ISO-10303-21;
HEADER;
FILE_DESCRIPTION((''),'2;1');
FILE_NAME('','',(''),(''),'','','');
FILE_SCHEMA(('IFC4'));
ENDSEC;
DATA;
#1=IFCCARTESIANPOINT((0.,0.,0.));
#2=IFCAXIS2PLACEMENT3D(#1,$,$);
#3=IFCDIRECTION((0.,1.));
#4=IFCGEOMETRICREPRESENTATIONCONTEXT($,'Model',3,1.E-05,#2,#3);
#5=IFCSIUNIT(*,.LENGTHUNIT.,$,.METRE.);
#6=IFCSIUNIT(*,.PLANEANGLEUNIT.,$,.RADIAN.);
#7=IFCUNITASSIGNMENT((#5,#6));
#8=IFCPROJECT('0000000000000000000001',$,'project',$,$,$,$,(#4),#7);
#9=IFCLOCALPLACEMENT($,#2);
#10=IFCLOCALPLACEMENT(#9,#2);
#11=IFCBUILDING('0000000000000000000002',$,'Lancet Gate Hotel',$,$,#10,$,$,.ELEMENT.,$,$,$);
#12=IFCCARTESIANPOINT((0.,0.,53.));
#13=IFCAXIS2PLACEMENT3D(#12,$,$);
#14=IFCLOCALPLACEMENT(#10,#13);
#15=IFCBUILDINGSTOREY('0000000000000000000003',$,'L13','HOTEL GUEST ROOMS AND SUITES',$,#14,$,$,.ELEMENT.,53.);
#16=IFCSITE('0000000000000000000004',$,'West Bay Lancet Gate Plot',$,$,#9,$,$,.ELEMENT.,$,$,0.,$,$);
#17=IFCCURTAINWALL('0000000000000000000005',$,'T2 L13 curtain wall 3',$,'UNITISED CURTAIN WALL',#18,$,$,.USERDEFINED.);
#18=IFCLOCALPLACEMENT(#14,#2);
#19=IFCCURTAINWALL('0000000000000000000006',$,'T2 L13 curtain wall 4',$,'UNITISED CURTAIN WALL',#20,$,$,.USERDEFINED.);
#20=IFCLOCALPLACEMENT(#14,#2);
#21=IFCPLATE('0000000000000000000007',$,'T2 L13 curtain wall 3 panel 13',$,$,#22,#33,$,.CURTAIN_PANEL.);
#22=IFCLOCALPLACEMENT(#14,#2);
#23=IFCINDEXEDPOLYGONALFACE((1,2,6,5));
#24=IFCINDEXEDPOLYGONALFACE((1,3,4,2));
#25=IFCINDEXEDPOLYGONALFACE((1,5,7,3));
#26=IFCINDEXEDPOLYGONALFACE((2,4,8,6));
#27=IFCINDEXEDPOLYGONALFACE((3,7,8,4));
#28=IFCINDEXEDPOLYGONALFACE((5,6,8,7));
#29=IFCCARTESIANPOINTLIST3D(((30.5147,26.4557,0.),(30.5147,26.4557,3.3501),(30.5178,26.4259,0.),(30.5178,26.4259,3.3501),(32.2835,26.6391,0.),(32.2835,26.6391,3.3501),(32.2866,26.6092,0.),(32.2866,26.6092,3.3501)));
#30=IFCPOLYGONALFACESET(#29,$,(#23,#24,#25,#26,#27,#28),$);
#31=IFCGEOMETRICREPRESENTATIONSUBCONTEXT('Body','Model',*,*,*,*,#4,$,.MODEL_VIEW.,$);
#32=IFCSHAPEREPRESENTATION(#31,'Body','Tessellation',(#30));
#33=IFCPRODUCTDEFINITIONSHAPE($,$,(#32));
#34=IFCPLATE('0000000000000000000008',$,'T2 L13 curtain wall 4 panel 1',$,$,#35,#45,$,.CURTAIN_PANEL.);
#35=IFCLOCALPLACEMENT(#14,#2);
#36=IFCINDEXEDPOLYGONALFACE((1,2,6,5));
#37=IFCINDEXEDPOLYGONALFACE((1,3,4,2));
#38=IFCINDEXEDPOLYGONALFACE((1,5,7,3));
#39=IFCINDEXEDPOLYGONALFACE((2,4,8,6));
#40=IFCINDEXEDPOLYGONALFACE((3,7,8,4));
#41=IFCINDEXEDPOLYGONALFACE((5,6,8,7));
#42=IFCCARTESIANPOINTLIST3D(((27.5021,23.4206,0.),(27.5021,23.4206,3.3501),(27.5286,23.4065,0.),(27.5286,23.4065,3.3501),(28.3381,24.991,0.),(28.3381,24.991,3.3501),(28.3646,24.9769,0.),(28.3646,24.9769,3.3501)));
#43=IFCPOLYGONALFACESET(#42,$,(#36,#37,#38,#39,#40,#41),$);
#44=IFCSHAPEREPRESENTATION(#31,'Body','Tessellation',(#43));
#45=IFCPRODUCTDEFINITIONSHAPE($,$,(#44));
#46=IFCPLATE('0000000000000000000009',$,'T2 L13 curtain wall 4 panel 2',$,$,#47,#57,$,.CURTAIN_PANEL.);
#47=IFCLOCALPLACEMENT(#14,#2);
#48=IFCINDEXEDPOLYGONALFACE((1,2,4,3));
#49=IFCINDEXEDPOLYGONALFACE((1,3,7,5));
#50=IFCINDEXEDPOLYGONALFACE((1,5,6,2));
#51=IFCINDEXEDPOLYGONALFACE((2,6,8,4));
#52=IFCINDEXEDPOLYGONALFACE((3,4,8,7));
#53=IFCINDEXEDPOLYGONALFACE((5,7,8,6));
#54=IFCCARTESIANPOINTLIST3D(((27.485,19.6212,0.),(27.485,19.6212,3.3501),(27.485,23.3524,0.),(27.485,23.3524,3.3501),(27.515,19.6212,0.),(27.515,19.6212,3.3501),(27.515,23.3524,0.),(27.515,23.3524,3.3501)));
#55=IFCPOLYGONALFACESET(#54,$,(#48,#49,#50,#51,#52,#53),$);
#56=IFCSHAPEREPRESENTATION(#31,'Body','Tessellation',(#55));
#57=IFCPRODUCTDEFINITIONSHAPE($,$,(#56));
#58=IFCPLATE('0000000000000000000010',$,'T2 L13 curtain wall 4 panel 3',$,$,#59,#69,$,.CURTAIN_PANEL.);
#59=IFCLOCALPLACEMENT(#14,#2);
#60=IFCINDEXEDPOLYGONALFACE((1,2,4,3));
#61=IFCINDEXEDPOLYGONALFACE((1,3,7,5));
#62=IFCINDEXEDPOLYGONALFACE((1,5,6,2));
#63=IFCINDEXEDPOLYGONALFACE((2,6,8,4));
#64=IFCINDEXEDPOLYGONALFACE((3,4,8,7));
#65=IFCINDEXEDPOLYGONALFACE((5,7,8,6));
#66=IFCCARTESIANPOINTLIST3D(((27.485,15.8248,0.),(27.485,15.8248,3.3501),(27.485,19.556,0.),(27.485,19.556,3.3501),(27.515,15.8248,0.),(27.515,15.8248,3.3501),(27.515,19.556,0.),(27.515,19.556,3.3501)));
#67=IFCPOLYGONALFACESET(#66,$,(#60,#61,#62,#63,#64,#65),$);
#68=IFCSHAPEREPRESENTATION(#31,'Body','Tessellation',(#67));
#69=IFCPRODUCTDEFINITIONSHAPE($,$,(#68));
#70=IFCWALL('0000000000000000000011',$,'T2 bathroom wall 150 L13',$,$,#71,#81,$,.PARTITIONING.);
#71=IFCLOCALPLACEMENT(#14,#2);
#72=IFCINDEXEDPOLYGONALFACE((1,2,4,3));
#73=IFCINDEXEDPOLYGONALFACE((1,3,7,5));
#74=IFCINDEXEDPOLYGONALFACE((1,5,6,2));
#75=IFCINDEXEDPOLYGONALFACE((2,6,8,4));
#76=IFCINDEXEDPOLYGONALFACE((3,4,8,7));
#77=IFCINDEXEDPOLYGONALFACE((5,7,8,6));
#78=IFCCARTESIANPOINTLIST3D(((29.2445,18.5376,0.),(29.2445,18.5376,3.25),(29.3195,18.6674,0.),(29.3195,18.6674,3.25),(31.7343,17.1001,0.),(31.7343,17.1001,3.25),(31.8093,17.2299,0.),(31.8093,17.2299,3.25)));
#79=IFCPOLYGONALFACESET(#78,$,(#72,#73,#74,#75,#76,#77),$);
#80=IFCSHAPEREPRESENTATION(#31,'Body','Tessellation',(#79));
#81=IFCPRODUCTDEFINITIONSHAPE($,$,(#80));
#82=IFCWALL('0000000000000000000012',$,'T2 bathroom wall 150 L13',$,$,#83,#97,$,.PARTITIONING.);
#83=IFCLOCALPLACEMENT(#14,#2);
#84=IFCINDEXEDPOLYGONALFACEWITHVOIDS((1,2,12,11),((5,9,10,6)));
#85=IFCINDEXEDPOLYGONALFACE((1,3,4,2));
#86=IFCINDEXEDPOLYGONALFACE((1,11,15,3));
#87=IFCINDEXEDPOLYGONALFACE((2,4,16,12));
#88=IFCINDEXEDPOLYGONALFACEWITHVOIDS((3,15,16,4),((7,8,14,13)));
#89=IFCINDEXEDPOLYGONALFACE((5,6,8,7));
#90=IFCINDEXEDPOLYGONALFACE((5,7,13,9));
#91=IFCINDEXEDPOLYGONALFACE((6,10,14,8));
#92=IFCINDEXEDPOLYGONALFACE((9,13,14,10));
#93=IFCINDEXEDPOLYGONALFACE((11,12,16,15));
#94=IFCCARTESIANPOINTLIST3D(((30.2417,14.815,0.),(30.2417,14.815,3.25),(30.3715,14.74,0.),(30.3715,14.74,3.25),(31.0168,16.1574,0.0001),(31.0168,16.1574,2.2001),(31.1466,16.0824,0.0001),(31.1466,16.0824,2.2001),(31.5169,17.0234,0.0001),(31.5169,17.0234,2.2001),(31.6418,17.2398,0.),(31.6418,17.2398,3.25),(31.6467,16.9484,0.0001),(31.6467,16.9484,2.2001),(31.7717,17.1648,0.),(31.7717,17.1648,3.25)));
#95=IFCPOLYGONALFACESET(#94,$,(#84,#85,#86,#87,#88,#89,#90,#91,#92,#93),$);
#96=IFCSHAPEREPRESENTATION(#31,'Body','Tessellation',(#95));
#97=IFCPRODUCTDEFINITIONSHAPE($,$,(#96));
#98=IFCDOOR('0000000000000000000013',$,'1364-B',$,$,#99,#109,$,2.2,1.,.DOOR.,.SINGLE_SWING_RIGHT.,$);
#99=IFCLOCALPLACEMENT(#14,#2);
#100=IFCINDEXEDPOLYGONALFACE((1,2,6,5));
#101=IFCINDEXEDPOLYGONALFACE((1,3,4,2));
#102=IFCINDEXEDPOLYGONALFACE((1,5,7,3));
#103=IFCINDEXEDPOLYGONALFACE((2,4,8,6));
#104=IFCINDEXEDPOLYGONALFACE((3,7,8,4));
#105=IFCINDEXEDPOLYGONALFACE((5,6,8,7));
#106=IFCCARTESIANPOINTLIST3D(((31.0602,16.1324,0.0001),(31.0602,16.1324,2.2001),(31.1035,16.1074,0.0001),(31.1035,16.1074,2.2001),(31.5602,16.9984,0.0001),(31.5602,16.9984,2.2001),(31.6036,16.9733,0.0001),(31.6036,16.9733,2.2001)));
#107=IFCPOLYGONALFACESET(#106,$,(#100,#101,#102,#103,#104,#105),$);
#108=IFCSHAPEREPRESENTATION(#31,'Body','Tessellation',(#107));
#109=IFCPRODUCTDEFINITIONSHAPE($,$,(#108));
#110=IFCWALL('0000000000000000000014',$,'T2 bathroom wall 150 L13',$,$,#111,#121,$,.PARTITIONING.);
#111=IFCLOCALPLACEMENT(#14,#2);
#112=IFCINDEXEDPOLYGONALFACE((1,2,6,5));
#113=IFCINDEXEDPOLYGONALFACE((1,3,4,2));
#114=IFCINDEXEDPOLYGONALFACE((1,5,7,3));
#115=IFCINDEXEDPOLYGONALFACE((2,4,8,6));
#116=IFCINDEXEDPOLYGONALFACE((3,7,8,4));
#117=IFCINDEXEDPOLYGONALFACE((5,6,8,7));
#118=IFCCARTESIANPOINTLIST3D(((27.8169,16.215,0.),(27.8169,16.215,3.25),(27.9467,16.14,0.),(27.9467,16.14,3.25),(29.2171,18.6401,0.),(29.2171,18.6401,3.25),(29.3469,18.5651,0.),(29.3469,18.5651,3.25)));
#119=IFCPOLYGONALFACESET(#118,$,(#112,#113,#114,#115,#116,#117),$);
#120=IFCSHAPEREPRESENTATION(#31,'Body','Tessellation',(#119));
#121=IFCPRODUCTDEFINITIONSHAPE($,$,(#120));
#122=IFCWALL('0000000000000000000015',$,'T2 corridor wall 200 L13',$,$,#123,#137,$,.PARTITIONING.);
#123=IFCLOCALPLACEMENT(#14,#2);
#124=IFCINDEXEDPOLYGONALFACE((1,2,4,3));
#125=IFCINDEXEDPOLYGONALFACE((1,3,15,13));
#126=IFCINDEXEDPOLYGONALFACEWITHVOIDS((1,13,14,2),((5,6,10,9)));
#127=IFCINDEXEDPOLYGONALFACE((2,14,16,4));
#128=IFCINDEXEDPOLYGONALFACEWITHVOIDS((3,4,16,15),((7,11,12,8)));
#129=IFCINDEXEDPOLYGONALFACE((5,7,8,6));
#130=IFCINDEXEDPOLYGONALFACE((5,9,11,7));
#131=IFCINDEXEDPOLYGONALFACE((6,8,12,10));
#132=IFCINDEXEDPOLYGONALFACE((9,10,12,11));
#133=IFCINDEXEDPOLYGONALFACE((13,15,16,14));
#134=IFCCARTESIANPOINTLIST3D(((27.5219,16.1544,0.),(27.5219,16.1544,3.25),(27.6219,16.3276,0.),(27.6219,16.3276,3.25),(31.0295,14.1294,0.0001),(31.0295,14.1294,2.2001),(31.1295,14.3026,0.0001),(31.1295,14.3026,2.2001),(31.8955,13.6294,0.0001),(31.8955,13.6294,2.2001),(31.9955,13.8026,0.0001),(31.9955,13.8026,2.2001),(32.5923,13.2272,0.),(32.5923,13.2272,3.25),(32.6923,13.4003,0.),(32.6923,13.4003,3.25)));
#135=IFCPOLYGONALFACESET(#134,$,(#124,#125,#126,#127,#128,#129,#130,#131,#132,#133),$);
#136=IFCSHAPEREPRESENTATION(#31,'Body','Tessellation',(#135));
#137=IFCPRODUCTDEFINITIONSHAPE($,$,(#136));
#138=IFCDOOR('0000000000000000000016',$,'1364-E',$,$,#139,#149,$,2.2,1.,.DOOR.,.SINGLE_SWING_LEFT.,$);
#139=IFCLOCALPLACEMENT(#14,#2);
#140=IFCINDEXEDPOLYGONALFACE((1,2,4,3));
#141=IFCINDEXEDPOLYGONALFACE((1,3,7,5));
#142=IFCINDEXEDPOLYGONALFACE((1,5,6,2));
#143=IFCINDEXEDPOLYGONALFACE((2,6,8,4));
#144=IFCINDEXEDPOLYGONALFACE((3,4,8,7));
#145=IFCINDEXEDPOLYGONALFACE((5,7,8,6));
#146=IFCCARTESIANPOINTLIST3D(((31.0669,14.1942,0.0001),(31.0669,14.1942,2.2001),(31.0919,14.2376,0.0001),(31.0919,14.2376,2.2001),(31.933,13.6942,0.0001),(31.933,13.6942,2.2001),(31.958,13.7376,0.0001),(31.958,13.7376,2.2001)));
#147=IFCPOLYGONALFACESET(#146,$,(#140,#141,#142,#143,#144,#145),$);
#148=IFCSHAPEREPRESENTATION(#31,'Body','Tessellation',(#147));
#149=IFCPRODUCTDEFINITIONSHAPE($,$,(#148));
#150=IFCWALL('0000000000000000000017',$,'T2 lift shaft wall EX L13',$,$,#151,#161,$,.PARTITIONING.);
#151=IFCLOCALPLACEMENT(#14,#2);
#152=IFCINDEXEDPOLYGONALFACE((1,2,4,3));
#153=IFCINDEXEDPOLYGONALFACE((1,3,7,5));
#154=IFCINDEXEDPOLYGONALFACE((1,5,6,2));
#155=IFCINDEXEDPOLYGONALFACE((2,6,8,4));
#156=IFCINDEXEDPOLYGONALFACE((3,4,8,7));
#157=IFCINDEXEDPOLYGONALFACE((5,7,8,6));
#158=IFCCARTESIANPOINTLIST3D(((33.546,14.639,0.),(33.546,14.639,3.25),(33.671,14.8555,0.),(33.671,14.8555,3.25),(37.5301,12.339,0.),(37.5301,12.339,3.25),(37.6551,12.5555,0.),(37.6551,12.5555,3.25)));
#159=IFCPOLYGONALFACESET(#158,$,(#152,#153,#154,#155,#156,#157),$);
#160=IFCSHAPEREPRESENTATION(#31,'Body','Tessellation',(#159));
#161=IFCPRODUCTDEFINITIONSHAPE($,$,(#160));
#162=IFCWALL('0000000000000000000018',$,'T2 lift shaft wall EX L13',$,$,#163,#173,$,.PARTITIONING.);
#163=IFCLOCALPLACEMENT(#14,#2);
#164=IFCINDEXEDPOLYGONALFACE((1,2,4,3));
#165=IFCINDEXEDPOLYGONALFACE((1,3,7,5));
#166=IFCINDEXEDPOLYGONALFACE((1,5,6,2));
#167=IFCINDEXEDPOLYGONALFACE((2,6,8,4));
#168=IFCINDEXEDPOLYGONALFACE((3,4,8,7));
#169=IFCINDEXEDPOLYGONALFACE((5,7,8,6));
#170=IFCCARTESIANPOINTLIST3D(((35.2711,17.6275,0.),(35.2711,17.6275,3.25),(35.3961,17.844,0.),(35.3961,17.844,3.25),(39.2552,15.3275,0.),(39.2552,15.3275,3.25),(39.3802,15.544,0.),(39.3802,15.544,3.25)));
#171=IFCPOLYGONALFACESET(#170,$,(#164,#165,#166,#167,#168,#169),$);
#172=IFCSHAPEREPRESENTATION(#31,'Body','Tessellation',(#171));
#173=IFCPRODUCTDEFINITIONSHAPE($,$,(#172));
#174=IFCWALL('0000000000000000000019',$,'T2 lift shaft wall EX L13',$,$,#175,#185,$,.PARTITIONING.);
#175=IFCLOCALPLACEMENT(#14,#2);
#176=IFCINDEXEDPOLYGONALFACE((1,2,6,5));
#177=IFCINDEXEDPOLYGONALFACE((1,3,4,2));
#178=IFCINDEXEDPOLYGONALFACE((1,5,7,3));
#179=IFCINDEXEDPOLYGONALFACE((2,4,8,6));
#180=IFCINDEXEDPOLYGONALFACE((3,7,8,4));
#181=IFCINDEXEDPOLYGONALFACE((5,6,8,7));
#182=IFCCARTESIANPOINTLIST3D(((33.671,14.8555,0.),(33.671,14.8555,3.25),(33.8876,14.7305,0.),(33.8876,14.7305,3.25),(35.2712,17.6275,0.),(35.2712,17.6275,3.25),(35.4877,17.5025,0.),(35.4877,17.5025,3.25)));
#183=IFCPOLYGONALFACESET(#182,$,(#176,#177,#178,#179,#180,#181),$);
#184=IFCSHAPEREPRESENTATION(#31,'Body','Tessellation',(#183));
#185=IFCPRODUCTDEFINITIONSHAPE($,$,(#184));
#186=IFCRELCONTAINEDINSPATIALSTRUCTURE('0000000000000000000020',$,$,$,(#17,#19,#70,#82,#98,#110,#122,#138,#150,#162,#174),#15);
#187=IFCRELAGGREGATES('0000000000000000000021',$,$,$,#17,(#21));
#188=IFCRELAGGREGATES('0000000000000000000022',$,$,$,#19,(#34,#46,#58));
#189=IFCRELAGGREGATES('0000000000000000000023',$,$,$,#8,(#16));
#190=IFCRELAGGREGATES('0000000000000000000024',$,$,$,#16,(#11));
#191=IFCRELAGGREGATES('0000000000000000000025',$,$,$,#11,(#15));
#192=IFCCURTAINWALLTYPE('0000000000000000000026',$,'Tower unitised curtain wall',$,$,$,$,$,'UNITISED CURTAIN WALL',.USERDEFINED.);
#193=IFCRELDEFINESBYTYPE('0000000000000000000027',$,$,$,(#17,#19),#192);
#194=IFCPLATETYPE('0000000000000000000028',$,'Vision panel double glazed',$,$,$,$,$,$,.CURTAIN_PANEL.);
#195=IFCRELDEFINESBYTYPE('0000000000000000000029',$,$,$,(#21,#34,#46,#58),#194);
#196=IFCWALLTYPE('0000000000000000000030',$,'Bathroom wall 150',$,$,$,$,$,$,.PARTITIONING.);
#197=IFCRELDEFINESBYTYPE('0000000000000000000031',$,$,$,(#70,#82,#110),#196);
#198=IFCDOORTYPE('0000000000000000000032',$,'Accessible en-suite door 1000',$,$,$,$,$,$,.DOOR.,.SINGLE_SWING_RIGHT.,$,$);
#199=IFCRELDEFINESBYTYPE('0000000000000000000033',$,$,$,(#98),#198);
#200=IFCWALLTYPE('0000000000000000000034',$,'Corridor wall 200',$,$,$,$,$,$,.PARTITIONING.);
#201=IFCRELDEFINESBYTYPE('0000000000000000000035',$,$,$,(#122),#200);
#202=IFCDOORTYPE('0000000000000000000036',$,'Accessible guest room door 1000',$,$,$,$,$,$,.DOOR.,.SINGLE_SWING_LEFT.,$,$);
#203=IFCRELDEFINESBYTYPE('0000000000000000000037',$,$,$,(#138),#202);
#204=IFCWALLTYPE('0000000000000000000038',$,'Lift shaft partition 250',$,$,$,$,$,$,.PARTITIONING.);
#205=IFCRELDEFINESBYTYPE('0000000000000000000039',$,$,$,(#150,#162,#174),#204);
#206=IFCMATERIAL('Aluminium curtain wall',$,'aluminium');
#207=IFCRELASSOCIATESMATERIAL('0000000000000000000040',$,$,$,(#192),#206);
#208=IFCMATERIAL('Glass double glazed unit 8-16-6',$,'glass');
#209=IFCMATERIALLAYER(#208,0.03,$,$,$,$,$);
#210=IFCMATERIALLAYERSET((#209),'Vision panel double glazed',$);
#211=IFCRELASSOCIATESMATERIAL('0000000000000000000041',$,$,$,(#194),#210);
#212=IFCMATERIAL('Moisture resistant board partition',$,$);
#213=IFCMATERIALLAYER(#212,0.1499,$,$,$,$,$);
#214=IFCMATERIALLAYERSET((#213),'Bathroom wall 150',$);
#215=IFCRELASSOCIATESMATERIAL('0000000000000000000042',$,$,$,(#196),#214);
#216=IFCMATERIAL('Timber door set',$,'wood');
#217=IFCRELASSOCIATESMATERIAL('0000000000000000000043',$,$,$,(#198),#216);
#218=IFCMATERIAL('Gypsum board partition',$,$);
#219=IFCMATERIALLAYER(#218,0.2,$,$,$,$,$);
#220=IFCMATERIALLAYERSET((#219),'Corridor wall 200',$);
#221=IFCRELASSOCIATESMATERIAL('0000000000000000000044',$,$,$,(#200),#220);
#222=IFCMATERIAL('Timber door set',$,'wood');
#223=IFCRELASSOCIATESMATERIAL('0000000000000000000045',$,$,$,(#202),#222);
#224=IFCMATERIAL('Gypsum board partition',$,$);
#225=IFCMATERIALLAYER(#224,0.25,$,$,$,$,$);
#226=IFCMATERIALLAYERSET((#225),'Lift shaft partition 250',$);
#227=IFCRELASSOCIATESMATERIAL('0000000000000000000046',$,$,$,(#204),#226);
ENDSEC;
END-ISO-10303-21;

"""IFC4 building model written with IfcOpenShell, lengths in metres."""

from ifc_helpers import new_model, si_unit, direction, frame, frame_2d, origin, origin_2d, place, context, subcontext, project, spatial, rectangle, extrude, material, layer, layer_set, type_object, element, fill, aggregate, save


model = new_model("IFC4")

# Units and contexts
model_context = context("Model", 3, precision=1e-05, world=origin(), true_north=direction((0.0, 1.0)))
body_context = subcontext(model_context, "Body", "Model", "MODEL_VIEW")
ifc_project = project(units=[si_unit("LENGTHUNIT", "METRE"), si_unit("PLANEANGLEUNIT", "RADIAN")], contexts=[model_context])

# Site, building, storey
site_placement = place(None, origin())
site = spatial("IfcSite", under=ifc_project, at=site_placement, Name="West Bay Lancet Gate Plot", CompositionType="ELEMENT", RefElevation=0.0)
building_placement = place(site_placement, origin())
building = spatial("IfcBuilding", under=site, at=building_placement, Name="Lancet Gate Hotel", CompositionType="ELEMENT")
storey_placement = place(building_placement, frame((0.0, 0.0, 53.0)))
storey = spatial("IfcBuildingStorey", under=building, at=storey_placement, Name="L13", Description="HOTEL GUEST ROOMS AND SUITES", CompositionType="ELEMENT", Elevation=53.0)

# Curtain walls
ifc_material_1 = material(Name="Aluminium curtain wall", Category="aluminium")
curtain_wall_type = type_object("IfcCurtainWallType", Name="Tower unitised curtain wall", ElementType="UNITISED CURTAIN WALL", PredefinedType="USERDEFINED", material=ifc_material_1)
curtain_wall_1_placement = place(storey_placement, origin())
curtain_wall_1 = element("IfcCurtainWall", 1, at=curtain_wall_1_placement, inside=storey, type_object=curtain_wall_type, Name="T2 L13 curtain wall 3", ObjectType="UNITISED CURTAIN WALL", PredefinedType="USERDEFINED")
curtain_wall_2_placement = place(storey_placement, origin())
curtain_wall_2 = element("IfcCurtainWall", 2, at=curtain_wall_2_placement, inside=storey, type_object=curtain_wall_type, Name="T2 L13 curtain wall 4", ObjectType="UNITISED CURTAIN WALL", PredefinedType="USERDEFINED")

# Plates
ifc_material_2 = material(Name="Glass double glazed unit 8-16-6", Category="glass")
ifc_layer_1 = layer(ifc_material_2, 0.03)
ifc_layer_set_1 = layer_set([ifc_layer_1], Name="Vision panel double glazed")
plate_type = type_object("IfcPlateType", Name="Vision panel double glazed", PredefinedType="CURTAIN_PANEL", material=ifc_layer_set_1)
plate_1_placement = place(storey_placement, frame((31.4006, 26.5325, 0.0), z_axis=(0.0, 0.0, 1.0), x_axis=(-0.994672, -0.103088, 0.0)))
plate_1 = element("IfcPlate", 3, at=plate_1_placement, type_object=plate_type, Name="T2 L13 curtain wall 3 panel 13", PredefinedType="CURTAIN_PANEL", context=body_context, shape_type="SweptSolid", body=[
    extrude(rectangle(XDim=1.7783, YDim=0.03, at=origin_2d()), origin(), (0.0, 0.0, 1.0), 3.3501),
])
aggregate(curtain_wall_1, [plate_1])
plate_2_placement = place(storey_placement, frame((27.9333, 24.1987, 0.0), z_axis=(0.0, 0.0, 1.0), x_axis=(-0.469898, -0.882721, 0.0)))
plate_2 = element("IfcPlate", 4, at=plate_2_placement, type_object=plate_type, Name="T2 L13 curtain wall 4 panel 1", PredefinedType="CURTAIN_PANEL", context=body_context, shape_type="SweptSolid", body=[
    extrude(rectangle(XDim=1.7791, YDim=0.03, at=origin_2d()), origin(), (0.0, 0.0, 1.0), 3.3501),
])
plate_3_placement = place(storey_placement, frame((27.5, 21.4868, 0.0), z_axis=(0.0, 0.0, 1.0), x_axis=(0.0, -1.0, 0.0)))
plate_3 = element("IfcPlate", 5, at=plate_3_placement, type_object=plate_type, Name="T2 L13 curtain wall 4 panel 2", PredefinedType="CURTAIN_PANEL", context=body_context, shape_type="SweptSolid", body=[
    extrude(rectangle(XDim=3.7312, YDim=0.03, at=origin_2d()), origin(), (0.0, 0.0, 1.0), 3.3501),
])
plate_4_placement = place(storey_placement, frame((27.5, 17.6904, 0.0), z_axis=(0.0, 0.0, 1.0), x_axis=(0.0, -1.0, 0.0)))
plate_4 = element("IfcPlate", 6, at=plate_4_placement, type_object=plate_type, Name="T2 L13 curtain wall 4 panel 3", PredefinedType="CURTAIN_PANEL", context=body_context, shape_type="SweptSolid", body=[
    extrude(rectangle(XDim=3.7312, YDim=0.03, at=origin_2d()), origin(), (0.0, 0.0, 1.0), 3.3501),
])
aggregate(curtain_wall_2, [plate_2, plate_3, plate_4])

# Wall
ifc_material_3 = material(Name="Moisture resistant board partition")
ifc_layer_2 = layer(ifc_material_3, 0.1499)
ifc_layer_set_2 = layer_set([ifc_layer_2], Name="Bathroom wall 150")
wall_type_1 = type_object("IfcWallType", Name="Bathroom wall 150", PredefinedType="PARTITIONING", material=ifc_layer_set_2)
wall_1_placement = place(storey_placement, frame((29.282, 18.6025, 0.0), z_axis=(0.0, 0.0, 1.0), x_axis=(0.866019, -0.500012, 0.0)))
element("IfcWall", 7, at=wall_1_placement, inside=storey, type_object=wall_type_1, Name="T2 bathroom wall 150 L13", PredefinedType="PARTITIONING", context=body_context, shape_type="SweptSolid", body=[
    extrude(rectangle(XDim=2.875, YDim=0.1499, at=frame_2d((1.4375, 0.0))), origin(), (0.0, 0.0, 1.0), 3.25),
])

# Wall, opening, door
wall_2_placement = place(storey_placement, frame((30.3066, 14.7776, 0.0), z_axis=(0.0, 0.0, 1.0), x_axis=(0.50005, 0.865997, 0.0)))
wall_2 = element("IfcWall", 8, at=wall_2_placement, inside=storey, type_object=wall_type_1, Name="T2 bathroom wall 150 L13", PredefinedType="PARTITIONING", context=body_context, shape_type="SweptSolid", body=[
    extrude(rectangle(XDim=2.8, YDim=0.1499, at=frame_2d((1.3999, 0.0))), origin(), (0.0, 0.0, 1.0), 3.25),
])
opening_1_placement = place(wall_2_placement, frame((1.55, 0.0, 0.0)))
opening_1 = element("IfcOpeningElement", 9, at=opening_1_placement, cuts=wall_2, PredefinedType="OPENING", context=body_context, shape_type="SweptSolid", body=[
    extrude(rectangle(XDim=1.0, YDim=2.2, at=frame_2d((0.5, 1.1001))), frame((0.0, 0.085, 0.0), z_axis=(0.0, -1.0, 0.0), x_axis=(1.0, 0.0, 0.0)), (0.0, 0.0, 1.0), 0.1699),
])
ifc_material_4 = material(Name="Timber door set", Category="wood")
door_type_1 = type_object("IfcDoorType", Name="Accessible en-suite door 1000", OperationType="SINGLE_SWING_RIGHT", PredefinedType="DOOR", material=ifc_material_4)
door_1_placement = place(opening_1_placement, origin())
door_1 = element("IfcDoor", 10, at=door_1_placement, inside=storey, type_object=door_type_1, Name="1364-B", OperationType="SINGLE_SWING_RIGHT", OverallHeight=2.2, OverallWidth=1.0, PredefinedType="DOOR", context=body_context, shape_type="SweptSolid", body=[
    extrude(rectangle(XDim=1.0, YDim=2.2, at=frame_2d((0.5, 1.1001))), frame((0.0, 0.0249, 0.0), z_axis=(0.0, -1.0, 0.0), x_axis=(1.0, 0.0, 0.0)), (0.0, 0.0, 1.0), 0.05),
])
fill(opening_1, door_1)

# Wall
wall_3_placement = place(storey_placement, frame((27.8818, 16.1775, 0.0), z_axis=(0.0, 0.0, 1.0), x_axis=(0.500012, 0.866019, 0.0)))
element("IfcWall", 11, at=wall_3_placement, inside=storey, type_object=wall_type_1, Name="T2 bathroom wall 150 L13", PredefinedType="PARTITIONING", context=body_context, shape_type="SweptSolid", body=[
    extrude(rectangle(XDim=2.8003, YDim=0.1499, at=frame_2d((1.4001, 0.0))), origin(), (0.0, 0.0, 1.0), 3.25),
])

# Wall, opening, door
ifc_material_5 = material(Name="Gypsum board partition")
ifc_layer_3 = layer(ifc_material_5, 0.2)
ifc_layer_set_3 = layer_set([ifc_layer_3], Name="Corridor wall 200")
wall_type_2 = type_object("IfcWallType", Name="Corridor wall 200", PredefinedType="PARTITIONING", material=ifc_layer_set_3)
wall_4_placement = place(storey_placement, frame((27.572, 16.241, 0.0), z_axis=(0.0, 0.0, 1.0), x_axis=(0.866033, -0.499987, 0.0)))
wall_4 = element("IfcWall", 12, at=wall_4_placement, inside=storey, type_object=wall_type_2, Name="T2 corridor wall 200 L13", PredefinedType="PARTITIONING", context=body_context, shape_type="SweptSolid", body=[
    extrude(rectangle(XDim=5.8547, YDim=0.2, at=frame_2d((2.9272, 0.0))), origin(), (0.0, 0.0, 1.0), 3.25),
])
opening_2_placement = place(wall_4_placement, frame((4.05, 0.0, 0.0)))
opening_2 = element("IfcOpeningElement", 13, at=opening_2_placement, cuts=wall_4, PredefinedType="OPENING", context=body_context, shape_type="SweptSolid", body=[
    extrude(rectangle(XDim=1.0, YDim=2.2, at=frame_2d((0.5, 1.1001))), frame((0.0, 0.1099, 0.0), z_axis=(0.0, -1.0, 0.0), x_axis=(1.0, 0.0, 0.0)), (0.0, 0.0, 1.0), 0.22),
])
ifc_material_6 = material(Name="Timber door set", Category="wood")
door_type_2 = type_object("IfcDoorType", Name="Accessible guest room door 1000", OperationType="SINGLE_SWING_LEFT", PredefinedType="DOOR", material=ifc_material_6)
door_2_placement = place(opening_2_placement, origin())
door_2 = element("IfcDoor", 14, at=door_2_placement, inside=storey, type_object=door_type_2, Name="1364-E", OperationType="SINGLE_SWING_LEFT", OverallHeight=2.2, OverallWidth=1.0, PredefinedType="DOOR", context=body_context, shape_type="SweptSolid", body=[
    extrude(rectangle(XDim=1.0, YDim=2.2, at=frame_2d((0.5, 1.1001))), frame((0.0, 0.0249, 0.0), z_axis=(0.0, -1.0, 0.0), x_axis=(1.0, 0.0, 0.0)), (0.0, 0.0, 1.0), 0.05),
])
fill(opening_2, door_2)

# Walls
ifc_material_7 = material(Name="Gypsum board partition")
ifc_layer_4 = layer(ifc_material_7, 0.25)
ifc_layer_set_4 = layer_set([ifc_layer_4], Name="Lift shaft partition 250")
wall_type_3 = type_object("IfcWallType", Name="Lift shaft partition 250", PredefinedType="PARTITIONING", material=ifc_layer_set_4)
for number, where, z_axis, x_axis, name in (
    (15, (33.6084, 14.7473, 0.0), (0.0, 0.0, 1.0), (0.866043, -0.499969, 0.0), "T2 lift shaft wall EX L13"),
    (16, (35.3335, 17.7358, 0.0), (0.0, 0.0, 1.0), (0.866043, -0.499969, 0.0), "T2 lift shaft wall EX L13"),
):
    element("IfcWall", number, at=place(storey_placement, frame(where, z_axis=z_axis, x_axis=x_axis)), inside=storey, type_object=wall_type_3, Name=name, PredefinedType="PARTITIONING", context=body_context, shape_type="SweptSolid", body=[
        extrude(rectangle(XDim=4.6003, YDim=0.25, at=frame_2d((2.3003, 0.0))), origin(), (0.0, 0.0, 1.0), 3.25),
    ])
wall_5_placement = place(storey_placement, frame((33.7793, 14.793, 0.0), z_axis=(0.0, 0.0, 1.0), x_axis=(0.499929, 0.866066, 0.0)))
element("IfcWall", 17, at=wall_5_placement, inside=storey, type_object=wall_type_3, Name="T2 lift shaft wall EX L13", PredefinedType="PARTITIONING", context=body_context, shape_type="SweptSolid", body=[
    extrude(rectangle(XDim=3.2007, YDim=0.25, at=frame_2d((1.6003, 0.0))), origin(), (0.0, 0.0, 1.0), 3.25),
])

save(model, "model.ifc")
